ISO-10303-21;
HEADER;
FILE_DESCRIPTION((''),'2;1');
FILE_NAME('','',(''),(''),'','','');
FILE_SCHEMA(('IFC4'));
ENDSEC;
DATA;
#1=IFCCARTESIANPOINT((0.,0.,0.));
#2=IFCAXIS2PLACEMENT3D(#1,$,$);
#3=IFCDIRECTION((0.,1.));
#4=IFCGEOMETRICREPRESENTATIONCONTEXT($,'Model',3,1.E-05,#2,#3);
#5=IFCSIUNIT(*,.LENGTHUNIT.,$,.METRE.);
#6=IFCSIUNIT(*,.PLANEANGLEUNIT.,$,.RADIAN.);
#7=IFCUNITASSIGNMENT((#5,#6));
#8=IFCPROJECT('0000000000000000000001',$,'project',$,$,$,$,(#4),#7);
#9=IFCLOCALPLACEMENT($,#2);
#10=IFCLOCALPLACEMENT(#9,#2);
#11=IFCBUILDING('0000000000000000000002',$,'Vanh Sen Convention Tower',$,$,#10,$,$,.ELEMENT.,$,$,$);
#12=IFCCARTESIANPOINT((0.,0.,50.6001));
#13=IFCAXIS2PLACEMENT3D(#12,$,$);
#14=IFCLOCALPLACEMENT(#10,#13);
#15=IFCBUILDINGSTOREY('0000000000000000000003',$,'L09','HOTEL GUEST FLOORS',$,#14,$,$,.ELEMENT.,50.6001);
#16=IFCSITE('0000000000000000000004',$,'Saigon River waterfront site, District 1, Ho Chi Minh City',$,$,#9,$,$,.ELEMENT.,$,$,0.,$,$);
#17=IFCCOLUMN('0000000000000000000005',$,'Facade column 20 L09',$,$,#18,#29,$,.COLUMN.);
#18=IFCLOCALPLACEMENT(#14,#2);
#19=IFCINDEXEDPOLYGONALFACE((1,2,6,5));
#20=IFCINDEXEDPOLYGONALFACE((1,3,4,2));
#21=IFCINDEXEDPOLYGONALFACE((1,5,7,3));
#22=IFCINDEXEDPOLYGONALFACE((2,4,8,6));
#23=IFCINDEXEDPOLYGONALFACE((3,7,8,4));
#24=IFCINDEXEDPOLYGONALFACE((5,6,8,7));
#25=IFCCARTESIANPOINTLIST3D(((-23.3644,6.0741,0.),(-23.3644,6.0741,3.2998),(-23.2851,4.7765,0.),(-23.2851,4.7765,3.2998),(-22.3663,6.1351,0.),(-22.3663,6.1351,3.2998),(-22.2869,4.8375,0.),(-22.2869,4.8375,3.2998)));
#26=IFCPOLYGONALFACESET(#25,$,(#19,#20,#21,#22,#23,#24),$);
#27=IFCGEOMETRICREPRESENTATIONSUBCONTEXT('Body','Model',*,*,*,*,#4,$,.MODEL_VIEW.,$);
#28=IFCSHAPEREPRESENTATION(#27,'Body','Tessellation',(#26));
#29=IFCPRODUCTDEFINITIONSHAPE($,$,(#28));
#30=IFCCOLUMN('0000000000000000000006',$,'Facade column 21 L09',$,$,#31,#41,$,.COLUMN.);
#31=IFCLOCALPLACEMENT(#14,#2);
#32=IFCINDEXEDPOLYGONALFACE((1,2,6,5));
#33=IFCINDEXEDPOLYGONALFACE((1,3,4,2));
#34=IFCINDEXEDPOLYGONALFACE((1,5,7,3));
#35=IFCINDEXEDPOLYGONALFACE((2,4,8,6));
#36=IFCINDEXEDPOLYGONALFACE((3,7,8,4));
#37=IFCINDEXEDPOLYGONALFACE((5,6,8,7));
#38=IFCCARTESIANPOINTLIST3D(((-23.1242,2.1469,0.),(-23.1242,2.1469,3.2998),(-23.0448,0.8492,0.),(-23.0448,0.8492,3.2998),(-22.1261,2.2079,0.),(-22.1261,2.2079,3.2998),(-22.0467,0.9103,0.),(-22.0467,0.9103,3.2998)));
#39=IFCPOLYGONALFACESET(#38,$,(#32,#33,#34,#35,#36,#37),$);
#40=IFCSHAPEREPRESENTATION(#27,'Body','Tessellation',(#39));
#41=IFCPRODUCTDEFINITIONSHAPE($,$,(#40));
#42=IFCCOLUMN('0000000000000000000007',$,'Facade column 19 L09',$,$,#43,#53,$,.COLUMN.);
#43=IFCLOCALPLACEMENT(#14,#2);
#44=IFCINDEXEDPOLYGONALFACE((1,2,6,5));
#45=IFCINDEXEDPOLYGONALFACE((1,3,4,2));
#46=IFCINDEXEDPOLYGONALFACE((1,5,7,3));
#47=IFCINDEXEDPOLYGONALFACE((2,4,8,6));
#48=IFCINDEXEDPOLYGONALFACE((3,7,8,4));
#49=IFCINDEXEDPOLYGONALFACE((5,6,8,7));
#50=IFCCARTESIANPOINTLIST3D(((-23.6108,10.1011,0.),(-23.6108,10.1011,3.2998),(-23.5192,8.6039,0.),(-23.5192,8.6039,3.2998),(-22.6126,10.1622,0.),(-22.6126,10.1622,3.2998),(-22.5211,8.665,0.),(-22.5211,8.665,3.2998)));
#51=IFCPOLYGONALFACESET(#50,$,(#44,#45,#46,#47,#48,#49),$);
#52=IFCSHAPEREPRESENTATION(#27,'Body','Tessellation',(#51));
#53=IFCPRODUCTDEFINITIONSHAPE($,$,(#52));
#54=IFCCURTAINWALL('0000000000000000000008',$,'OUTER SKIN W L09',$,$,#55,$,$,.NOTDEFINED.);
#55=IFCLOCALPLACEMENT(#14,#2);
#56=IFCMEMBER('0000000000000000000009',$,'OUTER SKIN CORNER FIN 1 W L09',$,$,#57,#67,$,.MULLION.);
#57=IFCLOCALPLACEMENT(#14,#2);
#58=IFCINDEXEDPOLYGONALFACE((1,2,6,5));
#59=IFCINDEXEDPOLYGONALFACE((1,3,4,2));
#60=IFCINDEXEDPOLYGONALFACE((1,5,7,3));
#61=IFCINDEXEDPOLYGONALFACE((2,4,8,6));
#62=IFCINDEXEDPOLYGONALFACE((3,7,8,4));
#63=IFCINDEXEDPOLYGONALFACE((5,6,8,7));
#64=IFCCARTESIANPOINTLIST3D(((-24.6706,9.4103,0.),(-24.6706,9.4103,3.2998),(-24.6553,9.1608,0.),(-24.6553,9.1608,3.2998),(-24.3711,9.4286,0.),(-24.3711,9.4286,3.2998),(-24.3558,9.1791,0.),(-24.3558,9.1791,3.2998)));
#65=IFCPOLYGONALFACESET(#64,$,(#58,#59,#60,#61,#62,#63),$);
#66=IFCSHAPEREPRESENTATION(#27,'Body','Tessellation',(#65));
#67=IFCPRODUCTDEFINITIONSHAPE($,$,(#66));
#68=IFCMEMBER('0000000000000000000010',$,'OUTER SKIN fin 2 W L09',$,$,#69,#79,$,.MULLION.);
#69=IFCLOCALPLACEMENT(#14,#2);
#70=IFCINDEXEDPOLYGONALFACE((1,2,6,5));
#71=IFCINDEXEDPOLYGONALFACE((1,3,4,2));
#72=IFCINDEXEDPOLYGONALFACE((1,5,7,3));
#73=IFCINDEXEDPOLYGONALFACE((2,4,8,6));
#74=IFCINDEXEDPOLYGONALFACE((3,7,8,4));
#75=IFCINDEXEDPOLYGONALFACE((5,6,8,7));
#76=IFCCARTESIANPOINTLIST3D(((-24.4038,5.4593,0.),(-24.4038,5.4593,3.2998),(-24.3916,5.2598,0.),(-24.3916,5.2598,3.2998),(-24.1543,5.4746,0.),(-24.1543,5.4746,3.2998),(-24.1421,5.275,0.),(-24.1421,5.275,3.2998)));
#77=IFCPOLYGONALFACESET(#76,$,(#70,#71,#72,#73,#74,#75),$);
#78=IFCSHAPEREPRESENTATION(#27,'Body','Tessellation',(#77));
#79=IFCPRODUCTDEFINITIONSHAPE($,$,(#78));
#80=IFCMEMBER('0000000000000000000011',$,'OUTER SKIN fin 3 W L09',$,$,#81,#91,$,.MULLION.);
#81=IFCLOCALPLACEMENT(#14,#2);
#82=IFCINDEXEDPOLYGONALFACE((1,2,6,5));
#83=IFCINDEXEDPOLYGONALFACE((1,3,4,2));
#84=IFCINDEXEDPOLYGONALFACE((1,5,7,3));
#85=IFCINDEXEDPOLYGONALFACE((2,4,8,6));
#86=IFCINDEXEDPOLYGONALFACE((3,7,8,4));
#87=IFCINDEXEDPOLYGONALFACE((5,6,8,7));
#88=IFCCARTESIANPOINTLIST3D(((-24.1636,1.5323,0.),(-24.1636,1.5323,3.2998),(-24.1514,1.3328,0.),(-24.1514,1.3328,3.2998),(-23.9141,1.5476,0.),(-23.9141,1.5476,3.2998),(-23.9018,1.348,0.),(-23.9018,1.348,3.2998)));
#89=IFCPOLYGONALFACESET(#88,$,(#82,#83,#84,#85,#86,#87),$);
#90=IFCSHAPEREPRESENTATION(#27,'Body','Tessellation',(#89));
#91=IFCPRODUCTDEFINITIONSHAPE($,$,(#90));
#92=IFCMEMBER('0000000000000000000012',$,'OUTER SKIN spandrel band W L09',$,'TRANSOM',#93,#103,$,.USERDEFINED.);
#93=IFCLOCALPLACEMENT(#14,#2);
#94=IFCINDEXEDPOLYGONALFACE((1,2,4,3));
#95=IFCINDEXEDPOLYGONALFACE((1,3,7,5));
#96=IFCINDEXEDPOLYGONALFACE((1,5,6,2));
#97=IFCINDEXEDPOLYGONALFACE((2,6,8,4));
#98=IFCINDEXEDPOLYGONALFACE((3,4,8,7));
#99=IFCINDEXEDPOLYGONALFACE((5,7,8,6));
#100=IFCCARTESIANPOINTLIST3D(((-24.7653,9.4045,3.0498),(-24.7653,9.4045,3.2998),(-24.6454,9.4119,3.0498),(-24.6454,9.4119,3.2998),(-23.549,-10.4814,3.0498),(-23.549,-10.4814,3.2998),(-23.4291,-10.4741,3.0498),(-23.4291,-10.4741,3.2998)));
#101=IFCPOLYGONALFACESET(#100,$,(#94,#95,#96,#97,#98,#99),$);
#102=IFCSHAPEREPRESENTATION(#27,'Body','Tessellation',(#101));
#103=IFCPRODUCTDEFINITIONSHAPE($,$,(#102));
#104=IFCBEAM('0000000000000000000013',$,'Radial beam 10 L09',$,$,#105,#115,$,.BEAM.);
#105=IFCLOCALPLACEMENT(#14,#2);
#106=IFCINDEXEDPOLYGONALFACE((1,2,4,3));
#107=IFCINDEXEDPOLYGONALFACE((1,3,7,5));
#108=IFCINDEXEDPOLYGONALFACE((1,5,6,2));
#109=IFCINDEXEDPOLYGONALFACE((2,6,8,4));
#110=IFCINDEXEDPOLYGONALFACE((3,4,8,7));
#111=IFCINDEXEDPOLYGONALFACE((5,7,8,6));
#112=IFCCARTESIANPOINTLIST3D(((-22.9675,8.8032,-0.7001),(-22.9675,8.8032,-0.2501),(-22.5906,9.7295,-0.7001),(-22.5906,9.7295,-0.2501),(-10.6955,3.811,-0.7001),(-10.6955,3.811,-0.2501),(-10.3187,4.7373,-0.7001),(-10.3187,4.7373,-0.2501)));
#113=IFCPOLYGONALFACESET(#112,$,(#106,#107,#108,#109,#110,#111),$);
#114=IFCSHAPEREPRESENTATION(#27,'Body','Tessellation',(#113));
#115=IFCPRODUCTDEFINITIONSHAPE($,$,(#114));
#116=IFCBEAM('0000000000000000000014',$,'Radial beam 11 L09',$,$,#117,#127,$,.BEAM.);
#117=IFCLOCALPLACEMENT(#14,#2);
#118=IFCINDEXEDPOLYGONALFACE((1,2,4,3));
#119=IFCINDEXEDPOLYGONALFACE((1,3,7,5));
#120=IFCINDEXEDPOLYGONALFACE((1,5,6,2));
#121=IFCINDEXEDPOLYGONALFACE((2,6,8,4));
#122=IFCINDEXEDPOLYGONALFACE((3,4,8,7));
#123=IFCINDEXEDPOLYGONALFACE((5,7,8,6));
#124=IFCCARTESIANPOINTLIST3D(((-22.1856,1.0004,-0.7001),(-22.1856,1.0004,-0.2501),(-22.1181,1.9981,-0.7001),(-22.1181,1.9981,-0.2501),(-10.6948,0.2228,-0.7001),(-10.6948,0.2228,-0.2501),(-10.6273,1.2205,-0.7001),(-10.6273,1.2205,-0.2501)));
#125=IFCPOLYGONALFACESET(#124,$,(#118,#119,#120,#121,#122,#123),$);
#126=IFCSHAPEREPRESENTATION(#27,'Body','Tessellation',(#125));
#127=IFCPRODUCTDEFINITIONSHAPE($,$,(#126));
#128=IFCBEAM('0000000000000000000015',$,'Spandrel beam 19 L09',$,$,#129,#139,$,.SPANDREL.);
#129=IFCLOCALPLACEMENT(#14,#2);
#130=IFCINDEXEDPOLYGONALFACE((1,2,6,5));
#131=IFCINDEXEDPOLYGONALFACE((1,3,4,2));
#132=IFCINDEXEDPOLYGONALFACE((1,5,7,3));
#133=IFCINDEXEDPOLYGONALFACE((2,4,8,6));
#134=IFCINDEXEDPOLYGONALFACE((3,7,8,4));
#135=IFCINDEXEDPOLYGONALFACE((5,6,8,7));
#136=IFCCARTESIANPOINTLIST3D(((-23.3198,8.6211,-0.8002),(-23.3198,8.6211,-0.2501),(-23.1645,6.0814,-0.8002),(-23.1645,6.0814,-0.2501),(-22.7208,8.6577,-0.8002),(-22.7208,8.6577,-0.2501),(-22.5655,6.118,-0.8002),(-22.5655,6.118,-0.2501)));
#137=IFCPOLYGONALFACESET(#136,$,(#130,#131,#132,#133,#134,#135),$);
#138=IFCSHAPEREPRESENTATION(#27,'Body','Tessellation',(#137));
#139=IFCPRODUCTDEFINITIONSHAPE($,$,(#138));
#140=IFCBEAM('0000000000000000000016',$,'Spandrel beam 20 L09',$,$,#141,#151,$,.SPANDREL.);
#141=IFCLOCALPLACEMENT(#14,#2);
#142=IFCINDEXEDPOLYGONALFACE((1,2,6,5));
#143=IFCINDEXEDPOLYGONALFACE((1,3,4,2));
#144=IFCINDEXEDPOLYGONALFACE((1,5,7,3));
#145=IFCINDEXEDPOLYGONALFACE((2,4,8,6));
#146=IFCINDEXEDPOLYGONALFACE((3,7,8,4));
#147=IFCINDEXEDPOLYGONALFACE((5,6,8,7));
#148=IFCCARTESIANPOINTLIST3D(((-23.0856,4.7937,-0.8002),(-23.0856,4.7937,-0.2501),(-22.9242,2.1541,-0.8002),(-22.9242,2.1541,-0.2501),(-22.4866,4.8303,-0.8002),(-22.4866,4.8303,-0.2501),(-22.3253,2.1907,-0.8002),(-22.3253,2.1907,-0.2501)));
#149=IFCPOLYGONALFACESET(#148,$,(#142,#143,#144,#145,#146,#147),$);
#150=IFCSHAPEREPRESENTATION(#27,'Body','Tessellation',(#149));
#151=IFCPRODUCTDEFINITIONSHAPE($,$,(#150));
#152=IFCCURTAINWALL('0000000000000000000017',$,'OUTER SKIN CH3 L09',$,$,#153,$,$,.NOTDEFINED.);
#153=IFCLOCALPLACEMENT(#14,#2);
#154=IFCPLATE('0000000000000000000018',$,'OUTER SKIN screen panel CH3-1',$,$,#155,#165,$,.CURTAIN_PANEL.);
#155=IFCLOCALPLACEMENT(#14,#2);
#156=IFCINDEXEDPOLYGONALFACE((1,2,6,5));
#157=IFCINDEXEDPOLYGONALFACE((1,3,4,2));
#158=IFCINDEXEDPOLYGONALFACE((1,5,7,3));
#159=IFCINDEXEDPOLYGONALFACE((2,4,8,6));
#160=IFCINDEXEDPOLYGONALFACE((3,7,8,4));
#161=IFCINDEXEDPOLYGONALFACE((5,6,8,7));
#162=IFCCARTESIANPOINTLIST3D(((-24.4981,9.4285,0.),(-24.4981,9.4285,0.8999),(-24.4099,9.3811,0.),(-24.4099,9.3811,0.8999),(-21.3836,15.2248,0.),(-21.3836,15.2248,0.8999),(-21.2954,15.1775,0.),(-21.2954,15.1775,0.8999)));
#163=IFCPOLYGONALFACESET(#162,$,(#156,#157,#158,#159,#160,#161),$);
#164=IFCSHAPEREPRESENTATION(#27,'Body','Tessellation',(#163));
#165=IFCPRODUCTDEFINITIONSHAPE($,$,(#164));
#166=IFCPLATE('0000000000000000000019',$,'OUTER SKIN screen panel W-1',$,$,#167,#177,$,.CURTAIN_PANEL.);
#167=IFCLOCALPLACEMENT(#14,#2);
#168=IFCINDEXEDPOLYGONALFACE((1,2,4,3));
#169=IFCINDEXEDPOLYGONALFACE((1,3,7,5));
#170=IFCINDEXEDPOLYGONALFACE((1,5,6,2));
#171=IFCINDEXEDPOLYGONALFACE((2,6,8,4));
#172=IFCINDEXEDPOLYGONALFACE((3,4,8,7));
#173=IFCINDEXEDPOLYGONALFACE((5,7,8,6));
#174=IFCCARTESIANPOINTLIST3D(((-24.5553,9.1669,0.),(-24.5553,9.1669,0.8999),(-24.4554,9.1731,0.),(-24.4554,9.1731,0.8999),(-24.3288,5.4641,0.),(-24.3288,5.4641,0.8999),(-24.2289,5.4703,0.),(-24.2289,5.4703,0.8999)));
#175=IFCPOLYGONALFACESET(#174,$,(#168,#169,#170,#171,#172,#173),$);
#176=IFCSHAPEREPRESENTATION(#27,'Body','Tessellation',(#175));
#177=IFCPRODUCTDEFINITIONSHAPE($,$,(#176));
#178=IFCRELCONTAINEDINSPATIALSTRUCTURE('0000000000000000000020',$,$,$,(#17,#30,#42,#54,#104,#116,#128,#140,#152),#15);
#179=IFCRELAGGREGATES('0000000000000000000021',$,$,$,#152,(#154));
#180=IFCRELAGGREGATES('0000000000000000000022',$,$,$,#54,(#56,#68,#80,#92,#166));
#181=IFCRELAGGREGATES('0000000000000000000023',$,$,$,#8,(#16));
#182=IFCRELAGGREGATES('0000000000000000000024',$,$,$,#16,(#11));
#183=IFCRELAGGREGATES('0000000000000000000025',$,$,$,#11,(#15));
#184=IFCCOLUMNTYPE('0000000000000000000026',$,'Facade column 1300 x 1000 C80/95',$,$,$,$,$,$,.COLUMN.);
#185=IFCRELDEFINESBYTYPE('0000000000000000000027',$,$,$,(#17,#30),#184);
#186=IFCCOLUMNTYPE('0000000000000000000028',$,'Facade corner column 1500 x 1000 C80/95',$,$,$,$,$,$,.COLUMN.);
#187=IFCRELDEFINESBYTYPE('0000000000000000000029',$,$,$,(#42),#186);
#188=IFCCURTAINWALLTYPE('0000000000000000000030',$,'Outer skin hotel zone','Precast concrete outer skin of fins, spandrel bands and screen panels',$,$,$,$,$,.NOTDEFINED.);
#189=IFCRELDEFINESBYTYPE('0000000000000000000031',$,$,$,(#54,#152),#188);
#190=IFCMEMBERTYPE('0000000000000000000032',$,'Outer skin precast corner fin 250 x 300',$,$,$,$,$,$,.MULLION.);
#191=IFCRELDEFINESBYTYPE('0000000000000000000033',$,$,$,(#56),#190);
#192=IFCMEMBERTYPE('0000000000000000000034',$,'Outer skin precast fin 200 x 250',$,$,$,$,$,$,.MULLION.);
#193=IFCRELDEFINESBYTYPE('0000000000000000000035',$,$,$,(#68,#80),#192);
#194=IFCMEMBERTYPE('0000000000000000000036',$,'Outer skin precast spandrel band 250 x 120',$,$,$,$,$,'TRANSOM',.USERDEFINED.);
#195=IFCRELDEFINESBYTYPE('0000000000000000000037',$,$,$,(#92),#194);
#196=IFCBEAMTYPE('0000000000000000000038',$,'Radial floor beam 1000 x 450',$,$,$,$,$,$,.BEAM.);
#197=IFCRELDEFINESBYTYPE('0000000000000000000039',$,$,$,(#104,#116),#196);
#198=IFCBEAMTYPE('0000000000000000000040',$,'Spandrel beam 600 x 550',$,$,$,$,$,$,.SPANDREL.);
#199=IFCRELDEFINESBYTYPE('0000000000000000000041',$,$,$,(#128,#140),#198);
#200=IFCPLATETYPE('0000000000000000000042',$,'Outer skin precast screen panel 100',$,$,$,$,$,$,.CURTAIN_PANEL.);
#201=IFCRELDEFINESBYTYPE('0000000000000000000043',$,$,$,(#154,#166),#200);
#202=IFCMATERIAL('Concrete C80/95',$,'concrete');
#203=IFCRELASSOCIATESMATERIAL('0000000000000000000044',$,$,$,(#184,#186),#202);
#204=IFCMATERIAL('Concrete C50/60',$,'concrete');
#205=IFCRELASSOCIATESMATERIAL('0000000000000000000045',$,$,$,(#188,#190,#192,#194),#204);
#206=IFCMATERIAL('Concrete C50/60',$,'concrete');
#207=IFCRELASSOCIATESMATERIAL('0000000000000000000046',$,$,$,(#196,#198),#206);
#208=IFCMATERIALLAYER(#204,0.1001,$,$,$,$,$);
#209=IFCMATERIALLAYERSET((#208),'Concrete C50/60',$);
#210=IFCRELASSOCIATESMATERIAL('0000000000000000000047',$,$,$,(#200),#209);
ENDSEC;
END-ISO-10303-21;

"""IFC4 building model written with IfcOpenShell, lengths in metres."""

from ifc_helpers import new_model, si_unit, direction, frame, origin, origin_2d, place, context, subcontext, project, spatial, rectangle, extrude, material, layer, layer_set, material_profile, profile_set, type_object, element, aggregate, save


model = new_model("IFC4")

# Units and contexts
model_context = context("Model", 3, precision=1e-05, world=origin(), true_north=direction((0.0, 1.0)))
body_context = subcontext(model_context, "Body", "Model", "MODEL_VIEW")
ifc_project = project(units=[si_unit("LENGTHUNIT", "METRE"), si_unit("PLANEANGLEUNIT", "RADIAN")], contexts=[model_context])

# Site, building, storey
site_placement = place(None, origin())
site = spatial("IfcSite", under=ifc_project, at=site_placement, Name="Saigon River waterfront site, District 1, Ho Chi Minh City", CompositionType="ELEMENT", RefElevation=0.0)
building_placement = place(site_placement, origin())
building = spatial("IfcBuilding", under=site, at=building_placement, Name="Vanh Sen Convention Tower", CompositionType="ELEMENT")
storey_placement = place(building_placement, frame((0.0, 0.0, 50.6001)))
storey = spatial("IfcBuildingStorey", under=building, at=storey_placement, Name="L09", Description="HOTEL GUEST FLOORS", CompositionType="ELEMENT", Elevation=50.6001)

# Columns
ifc_material_1 = material(Name="Concrete C80/95", Category="concrete")
ifc_material_profile_1 = material_profile(ifc_material_1, rectangle(XDim=1.3, YDim=1.0, at=origin_2d()), Name="RC 1300X1000")
ifc_profile_set_1 = profile_set([ifc_material_profile_1], Name="Concrete C80/95")
column_type_1 = type_object("IfcColumnType", Name="Facade column 1300 x 1000 C80/95", PredefinedType="COLUMN", material=ifc_profile_set_1)
for number, where, z_axis, x_axis, name in (
    (1, (-22.8257, 5.4558, 0.0), (0.0, 0.0, 1.0), (0.061049, -0.998135, 0.0), "Facade column 20 L09"),
    (2, (-22.5854, 1.5286, 0.0), (0.0, 0.0, 1.0), (0.061049, -0.998135, 0.0), "Facade column 21 L09"),
):
    element("IfcColumn", number, at=place(storey_placement, frame(where, z_axis=z_axis, x_axis=x_axis)), inside=storey, type_object=column_type_1, Name=name, PredefinedType="COLUMN", context=body_context, shape_type="SweptSolid", body=[
        extrude(rectangle(XDim=1.3, YDim=1.0, at=origin_2d()), origin(), (0.0, 0.0, 1.0), 3.2998),
    ])
ifc_material_profile_2 = material_profile(ifc_material_1, rectangle(XDim=1.5, YDim=1.0, at=origin_2d()), Name="RC 1500X1000")
ifc_profile_set_2 = profile_set([ifc_material_profile_2], Name="Concrete C80/95")
column_type_2 = type_object("IfcColumnType", Name="Facade corner column 1500 x 1000 C80/95", PredefinedType="COLUMN", material=ifc_profile_set_2)
column_placement = place(storey_placement, frame((-23.0659, 9.3831, 0.0), z_axis=(0.0, 0.0, 1.0), x_axis=(0.061049, -0.998135, 0.0)))
element("IfcColumn", 3, at=column_placement, inside=storey, type_object=column_type_2, Name="Facade column 19 L09", PredefinedType="COLUMN", context=body_context, shape_type="SweptSolid", body=[
    extrude(rectangle(XDim=1.5, YDim=1.0, at=origin_2d()), origin(), (0.0, 0.0, 1.0), 3.2998),
])

# Curtain wall, members
ifc_material_2 = material(Name="Concrete C50/60", Category="concrete")
curtain_wall_type = type_object("IfcCurtainWallType", Name="Outer skin hotel zone", Description="Precast concrete outer skin of fins, spandrel bands and screen panels", PredefinedType="NOTDEFINED", material=ifc_material_2)
curtain_wall_1_placement = place(storey_placement, origin())
curtain_wall_1 = element("IfcCurtainWall", 4, at=curtain_wall_1_placement, inside=storey, type_object=curtain_wall_type, Name="OUTER SKIN W L09", PredefinedType="NOTDEFINED")
ifc_material_profile_3 = material_profile(ifc_material_2, rectangle(XDim=0.25, YDim=0.3, at=origin_2d()), Name="Outer skin precast corner fin 250 x 300")
ifc_profile_set_3 = profile_set([ifc_material_profile_3], Name="Concrete C50/60")
member_type_1 = type_object("IfcMemberType", Name="Outer skin precast corner fin 250 x 300", PredefinedType="MULLION", material=ifc_profile_set_3)
member_1_placement = place(storey_placement, frame((-24.5132, 9.2947, 0.0), z_axis=(0.0, 0.0, 1.0), x_axis=(0.061049, -0.998135, 0.0)))
member_1 = element("IfcMember", 5, at=member_1_placement, type_object=member_type_1, Name="OUTER SKIN CORNER FIN 1 W L09", PredefinedType="MULLION", context=body_context, shape_type="SweptSolid", body=[
    extrude(rectangle(XDim=0.25, YDim=0.3, at=origin_2d()), origin(), (0.0, 0.0, 1.0), 3.2998),
])
ifc_material_profile_4 = material_profile(ifc_material_2, rectangle(XDim=0.2, YDim=0.25, at=origin_2d()), Name="Outer skin precast fin 200 x 250")
ifc_profile_set_4 = profile_set([ifc_material_profile_4], Name="Concrete C50/60")
member_type_2 = type_object("IfcMemberType", Name="Outer skin precast fin 200 x 250", PredefinedType="MULLION", material=ifc_profile_set_4)
member_2_placement = place(storey_placement, frame((-24.2729, 5.3672, 0.0), z_axis=(0.0, 0.0, 1.0), x_axis=(0.061049, -0.998135, 0.0)))
member_2 = element("IfcMember", 6, at=member_2_placement, type_object=member_type_2, Name="OUTER SKIN fin 2 W L09", PredefinedType="MULLION", context=body_context, shape_type="SweptSolid", body=[
    extrude(rectangle(XDim=0.2, YDim=0.25, at=origin_2d()), origin(), (0.0, 0.0, 1.0), 3.2998),
])
member_3_placement = place(storey_placement, frame((-24.0327, 1.4402, 0.0), z_axis=(0.0, 0.0, 1.0), x_axis=(0.061049, -0.998135, 0.0)))
member_3 = element("IfcMember", 7, at=member_3_placement, type_object=member_type_2, Name="OUTER SKIN fin 3 W L09", PredefinedType="MULLION", context=body_context, shape_type="SweptSolid", body=[
    extrude(rectangle(XDim=0.2, YDim=0.25, at=origin_2d()), origin(), (0.0, 0.0, 1.0), 3.2998),
])
ifc_material_profile_5 = material_profile(ifc_material_2, rectangle(XDim=0.1201, YDim=0.25, at=origin_2d()), Name="Outer skin precast spandrel band 250 x 120")
ifc_profile_set_5 = profile_set([ifc_material_profile_5], Name="Concrete C50/60")
member_type_3 = type_object("IfcMemberType", Name="Outer skin precast spandrel band 250 x 120", ElementType="TRANSOM", PredefinedType="USERDEFINED", material=ifc_profile_set_5)
member_4_placement = place(storey_placement, frame((-24.7053, 9.4082, 3.1748), z_axis=(0.06105, -0.998135, 0.0), x_axis=(0.998135, 0.06105, 0.0)))
member_4 = element("IfcMember", 8, at=member_4_placement, type_object=member_type_3, Name="OUTER SKIN spandrel band W L09", ObjectType="TRANSOM", PredefinedType="USERDEFINED", context=body_context, shape_type="SweptSolid", body=[
    extrude(rectangle(XDim=0.1201, YDim=0.25, at=origin_2d()), origin(), (0.0, 0.0, 1.0), 19.9231),
])

# Beams
ifc_material_3 = material(Name="Concrete C50/60", Category="concrete")
ifc_material_profile_6 = material_profile(ifc_material_3, rectangle(XDim=1.0, YDim=0.45, at=origin_2d()), Name="RC 1000X450")
ifc_profile_set_6 = profile_set([ifc_material_profile_6], Name="Concrete C50/60")
beam_type_1 = type_object("IfcBeamType", Name="Radial floor beam 1000 x 450", PredefinedType="BEAM", material=ifc_profile_set_6)
beam_1_placement = place(storey_placement, frame((-22.7791, 9.2664, -0.4751), z_axis=(0.92629, -0.376811, 0.0), x_axis=(0.376811, 0.92629, 0.0)))
element("IfcBeam", 9, at=beam_1_placement, inside=storey, type_object=beam_type_1, Name="Radial beam 10 L09", PredefinedType="BEAM", context=body_context, shape_type="SweptSolid", body=[
    extrude(rectangle(XDim=1.0, YDim=0.45, at=origin_2d()), origin(), (0.0, 0.0, 1.0), 13.2485),
])
beam_2_placement = place(storey_placement, frame((-22.1519, 1.4993, -0.4751), z_axis=(0.997718, -0.067517, 0.0), x_axis=(0.067517, 0.997718, 0.0)))
element("IfcBeam", 10, at=beam_2_placement, inside=storey, type_object=beam_type_1, Name="Radial beam 11 L09", PredefinedType="BEAM", context=body_context, shape_type="SweptSolid", body=[
    extrude(rectangle(XDim=1.0, YDim=0.45, at=origin_2d()), origin(), (0.0, 0.0, 1.0), 11.5171),
])
ifc_material_profile_7 = material_profile(ifc_material_3, rectangle(XDim=0.6001, YDim=0.55, at=origin_2d()), Name="RC 600X550")
ifc_profile_set_7 = profile_set([ifc_material_profile_7], Name="Concrete C50/60")
beam_type_2 = type_object("IfcBeamType", Name="Spandrel beam 600 x 550", PredefinedType="SPANDREL", material=ifc_profile_set_7)
beam_3_placement = place(storey_placement, frame((-23.0203, 8.6394, -0.5251), z_axis=(0.061022, -0.998136, 0.0), x_axis=(0.998136, 0.061022, 0.0)))
element("IfcBeam", 11, at=beam_3_placement, inside=storey, type_object=beam_type_2, Name="Spandrel beam 19 L09", PredefinedType="SPANDREL", context=body_context, shape_type="SweptSolid", body=[
    extrude(rectangle(XDim=0.6001, YDim=0.55, at=origin_2d()), origin(), (0.0, 0.0, 1.0), 2.5444),
])
beam_4_placement = place(storey_placement, frame((-22.7861, 4.812, -0.5251), z_axis=(0.061022, -0.998136, 0.0), x_axis=(0.998136, 0.061022, 0.0)))
element("IfcBeam", 12, at=beam_4_placement, inside=storey, type_object=beam_type_2, Name="Spandrel beam 20 L09", PredefinedType="SPANDREL", context=body_context, shape_type="SweptSolid", body=[
    extrude(rectangle(XDim=0.6001, YDim=0.55, at=origin_2d()), origin(), (0.0, 0.0, 1.0), 2.6445),
])

# Curtain wall, plate
curtain_wall_2_placement = place(storey_placement, origin())
curtain_wall_2 = element("IfcCurtainWall", 13, at=curtain_wall_2_placement, inside=storey, type_object=curtain_wall_type, Name="OUTER SKIN CH3 L09", PredefinedType="NOTDEFINED")
ifc_layer_1 = layer(ifc_material_2, 0.1001)
ifc_layer_set_1 = layer_set([ifc_layer_1], Name="Concrete C50/60")
plate_type = type_object("IfcPlateType", Name="Outer skin precast screen panel 100", PredefinedType="CURTAIN_PANEL", material=ifc_layer_set_1)
plate_1_placement = place(storey_placement, frame((-22.8967, 12.303, 0.0), z_axis=(0.0, 0.0, 1.0), x_axis=(-0.473318, -0.880892, 0.0)))
plate_1 = element("IfcPlate", 14, at=plate_1_placement, type_object=plate_type, Name="OUTER SKIN screen panel CH3-1", PredefinedType="CURTAIN_PANEL", context=body_context, shape_type="SweptSolid", body=[
    extrude(rectangle(XDim=6.5801, YDim=0.1001, at=origin_2d()), origin(), (0.0, 0.0, 1.0), 0.8999),
])
aggregate(curtain_wall_2, [plate_1])

# Plate
plate_2_placement = place(storey_placement, frame((-24.3921, 7.3186, 0.0), z_axis=(0.0, 0.0, 1.0), x_axis=(0.061047, -0.998135, 0.0)))
plate_2 = element("IfcPlate", 15, at=plate_2_placement, type_object=plate_type, Name="OUTER SKIN screen panel W-1", PredefinedType="CURTAIN_PANEL", context=body_context, shape_type="SweptSolid", body=[
    extrude(rectangle(XDim=3.7097, YDim=0.1001, at=origin_2d()), origin(), (0.0, 0.0, 1.0), 0.8999),
])
aggregate(curtain_wall_1, [member_1, member_2, member_3, member_4, plate_2])

save(model, "model.ifc")
